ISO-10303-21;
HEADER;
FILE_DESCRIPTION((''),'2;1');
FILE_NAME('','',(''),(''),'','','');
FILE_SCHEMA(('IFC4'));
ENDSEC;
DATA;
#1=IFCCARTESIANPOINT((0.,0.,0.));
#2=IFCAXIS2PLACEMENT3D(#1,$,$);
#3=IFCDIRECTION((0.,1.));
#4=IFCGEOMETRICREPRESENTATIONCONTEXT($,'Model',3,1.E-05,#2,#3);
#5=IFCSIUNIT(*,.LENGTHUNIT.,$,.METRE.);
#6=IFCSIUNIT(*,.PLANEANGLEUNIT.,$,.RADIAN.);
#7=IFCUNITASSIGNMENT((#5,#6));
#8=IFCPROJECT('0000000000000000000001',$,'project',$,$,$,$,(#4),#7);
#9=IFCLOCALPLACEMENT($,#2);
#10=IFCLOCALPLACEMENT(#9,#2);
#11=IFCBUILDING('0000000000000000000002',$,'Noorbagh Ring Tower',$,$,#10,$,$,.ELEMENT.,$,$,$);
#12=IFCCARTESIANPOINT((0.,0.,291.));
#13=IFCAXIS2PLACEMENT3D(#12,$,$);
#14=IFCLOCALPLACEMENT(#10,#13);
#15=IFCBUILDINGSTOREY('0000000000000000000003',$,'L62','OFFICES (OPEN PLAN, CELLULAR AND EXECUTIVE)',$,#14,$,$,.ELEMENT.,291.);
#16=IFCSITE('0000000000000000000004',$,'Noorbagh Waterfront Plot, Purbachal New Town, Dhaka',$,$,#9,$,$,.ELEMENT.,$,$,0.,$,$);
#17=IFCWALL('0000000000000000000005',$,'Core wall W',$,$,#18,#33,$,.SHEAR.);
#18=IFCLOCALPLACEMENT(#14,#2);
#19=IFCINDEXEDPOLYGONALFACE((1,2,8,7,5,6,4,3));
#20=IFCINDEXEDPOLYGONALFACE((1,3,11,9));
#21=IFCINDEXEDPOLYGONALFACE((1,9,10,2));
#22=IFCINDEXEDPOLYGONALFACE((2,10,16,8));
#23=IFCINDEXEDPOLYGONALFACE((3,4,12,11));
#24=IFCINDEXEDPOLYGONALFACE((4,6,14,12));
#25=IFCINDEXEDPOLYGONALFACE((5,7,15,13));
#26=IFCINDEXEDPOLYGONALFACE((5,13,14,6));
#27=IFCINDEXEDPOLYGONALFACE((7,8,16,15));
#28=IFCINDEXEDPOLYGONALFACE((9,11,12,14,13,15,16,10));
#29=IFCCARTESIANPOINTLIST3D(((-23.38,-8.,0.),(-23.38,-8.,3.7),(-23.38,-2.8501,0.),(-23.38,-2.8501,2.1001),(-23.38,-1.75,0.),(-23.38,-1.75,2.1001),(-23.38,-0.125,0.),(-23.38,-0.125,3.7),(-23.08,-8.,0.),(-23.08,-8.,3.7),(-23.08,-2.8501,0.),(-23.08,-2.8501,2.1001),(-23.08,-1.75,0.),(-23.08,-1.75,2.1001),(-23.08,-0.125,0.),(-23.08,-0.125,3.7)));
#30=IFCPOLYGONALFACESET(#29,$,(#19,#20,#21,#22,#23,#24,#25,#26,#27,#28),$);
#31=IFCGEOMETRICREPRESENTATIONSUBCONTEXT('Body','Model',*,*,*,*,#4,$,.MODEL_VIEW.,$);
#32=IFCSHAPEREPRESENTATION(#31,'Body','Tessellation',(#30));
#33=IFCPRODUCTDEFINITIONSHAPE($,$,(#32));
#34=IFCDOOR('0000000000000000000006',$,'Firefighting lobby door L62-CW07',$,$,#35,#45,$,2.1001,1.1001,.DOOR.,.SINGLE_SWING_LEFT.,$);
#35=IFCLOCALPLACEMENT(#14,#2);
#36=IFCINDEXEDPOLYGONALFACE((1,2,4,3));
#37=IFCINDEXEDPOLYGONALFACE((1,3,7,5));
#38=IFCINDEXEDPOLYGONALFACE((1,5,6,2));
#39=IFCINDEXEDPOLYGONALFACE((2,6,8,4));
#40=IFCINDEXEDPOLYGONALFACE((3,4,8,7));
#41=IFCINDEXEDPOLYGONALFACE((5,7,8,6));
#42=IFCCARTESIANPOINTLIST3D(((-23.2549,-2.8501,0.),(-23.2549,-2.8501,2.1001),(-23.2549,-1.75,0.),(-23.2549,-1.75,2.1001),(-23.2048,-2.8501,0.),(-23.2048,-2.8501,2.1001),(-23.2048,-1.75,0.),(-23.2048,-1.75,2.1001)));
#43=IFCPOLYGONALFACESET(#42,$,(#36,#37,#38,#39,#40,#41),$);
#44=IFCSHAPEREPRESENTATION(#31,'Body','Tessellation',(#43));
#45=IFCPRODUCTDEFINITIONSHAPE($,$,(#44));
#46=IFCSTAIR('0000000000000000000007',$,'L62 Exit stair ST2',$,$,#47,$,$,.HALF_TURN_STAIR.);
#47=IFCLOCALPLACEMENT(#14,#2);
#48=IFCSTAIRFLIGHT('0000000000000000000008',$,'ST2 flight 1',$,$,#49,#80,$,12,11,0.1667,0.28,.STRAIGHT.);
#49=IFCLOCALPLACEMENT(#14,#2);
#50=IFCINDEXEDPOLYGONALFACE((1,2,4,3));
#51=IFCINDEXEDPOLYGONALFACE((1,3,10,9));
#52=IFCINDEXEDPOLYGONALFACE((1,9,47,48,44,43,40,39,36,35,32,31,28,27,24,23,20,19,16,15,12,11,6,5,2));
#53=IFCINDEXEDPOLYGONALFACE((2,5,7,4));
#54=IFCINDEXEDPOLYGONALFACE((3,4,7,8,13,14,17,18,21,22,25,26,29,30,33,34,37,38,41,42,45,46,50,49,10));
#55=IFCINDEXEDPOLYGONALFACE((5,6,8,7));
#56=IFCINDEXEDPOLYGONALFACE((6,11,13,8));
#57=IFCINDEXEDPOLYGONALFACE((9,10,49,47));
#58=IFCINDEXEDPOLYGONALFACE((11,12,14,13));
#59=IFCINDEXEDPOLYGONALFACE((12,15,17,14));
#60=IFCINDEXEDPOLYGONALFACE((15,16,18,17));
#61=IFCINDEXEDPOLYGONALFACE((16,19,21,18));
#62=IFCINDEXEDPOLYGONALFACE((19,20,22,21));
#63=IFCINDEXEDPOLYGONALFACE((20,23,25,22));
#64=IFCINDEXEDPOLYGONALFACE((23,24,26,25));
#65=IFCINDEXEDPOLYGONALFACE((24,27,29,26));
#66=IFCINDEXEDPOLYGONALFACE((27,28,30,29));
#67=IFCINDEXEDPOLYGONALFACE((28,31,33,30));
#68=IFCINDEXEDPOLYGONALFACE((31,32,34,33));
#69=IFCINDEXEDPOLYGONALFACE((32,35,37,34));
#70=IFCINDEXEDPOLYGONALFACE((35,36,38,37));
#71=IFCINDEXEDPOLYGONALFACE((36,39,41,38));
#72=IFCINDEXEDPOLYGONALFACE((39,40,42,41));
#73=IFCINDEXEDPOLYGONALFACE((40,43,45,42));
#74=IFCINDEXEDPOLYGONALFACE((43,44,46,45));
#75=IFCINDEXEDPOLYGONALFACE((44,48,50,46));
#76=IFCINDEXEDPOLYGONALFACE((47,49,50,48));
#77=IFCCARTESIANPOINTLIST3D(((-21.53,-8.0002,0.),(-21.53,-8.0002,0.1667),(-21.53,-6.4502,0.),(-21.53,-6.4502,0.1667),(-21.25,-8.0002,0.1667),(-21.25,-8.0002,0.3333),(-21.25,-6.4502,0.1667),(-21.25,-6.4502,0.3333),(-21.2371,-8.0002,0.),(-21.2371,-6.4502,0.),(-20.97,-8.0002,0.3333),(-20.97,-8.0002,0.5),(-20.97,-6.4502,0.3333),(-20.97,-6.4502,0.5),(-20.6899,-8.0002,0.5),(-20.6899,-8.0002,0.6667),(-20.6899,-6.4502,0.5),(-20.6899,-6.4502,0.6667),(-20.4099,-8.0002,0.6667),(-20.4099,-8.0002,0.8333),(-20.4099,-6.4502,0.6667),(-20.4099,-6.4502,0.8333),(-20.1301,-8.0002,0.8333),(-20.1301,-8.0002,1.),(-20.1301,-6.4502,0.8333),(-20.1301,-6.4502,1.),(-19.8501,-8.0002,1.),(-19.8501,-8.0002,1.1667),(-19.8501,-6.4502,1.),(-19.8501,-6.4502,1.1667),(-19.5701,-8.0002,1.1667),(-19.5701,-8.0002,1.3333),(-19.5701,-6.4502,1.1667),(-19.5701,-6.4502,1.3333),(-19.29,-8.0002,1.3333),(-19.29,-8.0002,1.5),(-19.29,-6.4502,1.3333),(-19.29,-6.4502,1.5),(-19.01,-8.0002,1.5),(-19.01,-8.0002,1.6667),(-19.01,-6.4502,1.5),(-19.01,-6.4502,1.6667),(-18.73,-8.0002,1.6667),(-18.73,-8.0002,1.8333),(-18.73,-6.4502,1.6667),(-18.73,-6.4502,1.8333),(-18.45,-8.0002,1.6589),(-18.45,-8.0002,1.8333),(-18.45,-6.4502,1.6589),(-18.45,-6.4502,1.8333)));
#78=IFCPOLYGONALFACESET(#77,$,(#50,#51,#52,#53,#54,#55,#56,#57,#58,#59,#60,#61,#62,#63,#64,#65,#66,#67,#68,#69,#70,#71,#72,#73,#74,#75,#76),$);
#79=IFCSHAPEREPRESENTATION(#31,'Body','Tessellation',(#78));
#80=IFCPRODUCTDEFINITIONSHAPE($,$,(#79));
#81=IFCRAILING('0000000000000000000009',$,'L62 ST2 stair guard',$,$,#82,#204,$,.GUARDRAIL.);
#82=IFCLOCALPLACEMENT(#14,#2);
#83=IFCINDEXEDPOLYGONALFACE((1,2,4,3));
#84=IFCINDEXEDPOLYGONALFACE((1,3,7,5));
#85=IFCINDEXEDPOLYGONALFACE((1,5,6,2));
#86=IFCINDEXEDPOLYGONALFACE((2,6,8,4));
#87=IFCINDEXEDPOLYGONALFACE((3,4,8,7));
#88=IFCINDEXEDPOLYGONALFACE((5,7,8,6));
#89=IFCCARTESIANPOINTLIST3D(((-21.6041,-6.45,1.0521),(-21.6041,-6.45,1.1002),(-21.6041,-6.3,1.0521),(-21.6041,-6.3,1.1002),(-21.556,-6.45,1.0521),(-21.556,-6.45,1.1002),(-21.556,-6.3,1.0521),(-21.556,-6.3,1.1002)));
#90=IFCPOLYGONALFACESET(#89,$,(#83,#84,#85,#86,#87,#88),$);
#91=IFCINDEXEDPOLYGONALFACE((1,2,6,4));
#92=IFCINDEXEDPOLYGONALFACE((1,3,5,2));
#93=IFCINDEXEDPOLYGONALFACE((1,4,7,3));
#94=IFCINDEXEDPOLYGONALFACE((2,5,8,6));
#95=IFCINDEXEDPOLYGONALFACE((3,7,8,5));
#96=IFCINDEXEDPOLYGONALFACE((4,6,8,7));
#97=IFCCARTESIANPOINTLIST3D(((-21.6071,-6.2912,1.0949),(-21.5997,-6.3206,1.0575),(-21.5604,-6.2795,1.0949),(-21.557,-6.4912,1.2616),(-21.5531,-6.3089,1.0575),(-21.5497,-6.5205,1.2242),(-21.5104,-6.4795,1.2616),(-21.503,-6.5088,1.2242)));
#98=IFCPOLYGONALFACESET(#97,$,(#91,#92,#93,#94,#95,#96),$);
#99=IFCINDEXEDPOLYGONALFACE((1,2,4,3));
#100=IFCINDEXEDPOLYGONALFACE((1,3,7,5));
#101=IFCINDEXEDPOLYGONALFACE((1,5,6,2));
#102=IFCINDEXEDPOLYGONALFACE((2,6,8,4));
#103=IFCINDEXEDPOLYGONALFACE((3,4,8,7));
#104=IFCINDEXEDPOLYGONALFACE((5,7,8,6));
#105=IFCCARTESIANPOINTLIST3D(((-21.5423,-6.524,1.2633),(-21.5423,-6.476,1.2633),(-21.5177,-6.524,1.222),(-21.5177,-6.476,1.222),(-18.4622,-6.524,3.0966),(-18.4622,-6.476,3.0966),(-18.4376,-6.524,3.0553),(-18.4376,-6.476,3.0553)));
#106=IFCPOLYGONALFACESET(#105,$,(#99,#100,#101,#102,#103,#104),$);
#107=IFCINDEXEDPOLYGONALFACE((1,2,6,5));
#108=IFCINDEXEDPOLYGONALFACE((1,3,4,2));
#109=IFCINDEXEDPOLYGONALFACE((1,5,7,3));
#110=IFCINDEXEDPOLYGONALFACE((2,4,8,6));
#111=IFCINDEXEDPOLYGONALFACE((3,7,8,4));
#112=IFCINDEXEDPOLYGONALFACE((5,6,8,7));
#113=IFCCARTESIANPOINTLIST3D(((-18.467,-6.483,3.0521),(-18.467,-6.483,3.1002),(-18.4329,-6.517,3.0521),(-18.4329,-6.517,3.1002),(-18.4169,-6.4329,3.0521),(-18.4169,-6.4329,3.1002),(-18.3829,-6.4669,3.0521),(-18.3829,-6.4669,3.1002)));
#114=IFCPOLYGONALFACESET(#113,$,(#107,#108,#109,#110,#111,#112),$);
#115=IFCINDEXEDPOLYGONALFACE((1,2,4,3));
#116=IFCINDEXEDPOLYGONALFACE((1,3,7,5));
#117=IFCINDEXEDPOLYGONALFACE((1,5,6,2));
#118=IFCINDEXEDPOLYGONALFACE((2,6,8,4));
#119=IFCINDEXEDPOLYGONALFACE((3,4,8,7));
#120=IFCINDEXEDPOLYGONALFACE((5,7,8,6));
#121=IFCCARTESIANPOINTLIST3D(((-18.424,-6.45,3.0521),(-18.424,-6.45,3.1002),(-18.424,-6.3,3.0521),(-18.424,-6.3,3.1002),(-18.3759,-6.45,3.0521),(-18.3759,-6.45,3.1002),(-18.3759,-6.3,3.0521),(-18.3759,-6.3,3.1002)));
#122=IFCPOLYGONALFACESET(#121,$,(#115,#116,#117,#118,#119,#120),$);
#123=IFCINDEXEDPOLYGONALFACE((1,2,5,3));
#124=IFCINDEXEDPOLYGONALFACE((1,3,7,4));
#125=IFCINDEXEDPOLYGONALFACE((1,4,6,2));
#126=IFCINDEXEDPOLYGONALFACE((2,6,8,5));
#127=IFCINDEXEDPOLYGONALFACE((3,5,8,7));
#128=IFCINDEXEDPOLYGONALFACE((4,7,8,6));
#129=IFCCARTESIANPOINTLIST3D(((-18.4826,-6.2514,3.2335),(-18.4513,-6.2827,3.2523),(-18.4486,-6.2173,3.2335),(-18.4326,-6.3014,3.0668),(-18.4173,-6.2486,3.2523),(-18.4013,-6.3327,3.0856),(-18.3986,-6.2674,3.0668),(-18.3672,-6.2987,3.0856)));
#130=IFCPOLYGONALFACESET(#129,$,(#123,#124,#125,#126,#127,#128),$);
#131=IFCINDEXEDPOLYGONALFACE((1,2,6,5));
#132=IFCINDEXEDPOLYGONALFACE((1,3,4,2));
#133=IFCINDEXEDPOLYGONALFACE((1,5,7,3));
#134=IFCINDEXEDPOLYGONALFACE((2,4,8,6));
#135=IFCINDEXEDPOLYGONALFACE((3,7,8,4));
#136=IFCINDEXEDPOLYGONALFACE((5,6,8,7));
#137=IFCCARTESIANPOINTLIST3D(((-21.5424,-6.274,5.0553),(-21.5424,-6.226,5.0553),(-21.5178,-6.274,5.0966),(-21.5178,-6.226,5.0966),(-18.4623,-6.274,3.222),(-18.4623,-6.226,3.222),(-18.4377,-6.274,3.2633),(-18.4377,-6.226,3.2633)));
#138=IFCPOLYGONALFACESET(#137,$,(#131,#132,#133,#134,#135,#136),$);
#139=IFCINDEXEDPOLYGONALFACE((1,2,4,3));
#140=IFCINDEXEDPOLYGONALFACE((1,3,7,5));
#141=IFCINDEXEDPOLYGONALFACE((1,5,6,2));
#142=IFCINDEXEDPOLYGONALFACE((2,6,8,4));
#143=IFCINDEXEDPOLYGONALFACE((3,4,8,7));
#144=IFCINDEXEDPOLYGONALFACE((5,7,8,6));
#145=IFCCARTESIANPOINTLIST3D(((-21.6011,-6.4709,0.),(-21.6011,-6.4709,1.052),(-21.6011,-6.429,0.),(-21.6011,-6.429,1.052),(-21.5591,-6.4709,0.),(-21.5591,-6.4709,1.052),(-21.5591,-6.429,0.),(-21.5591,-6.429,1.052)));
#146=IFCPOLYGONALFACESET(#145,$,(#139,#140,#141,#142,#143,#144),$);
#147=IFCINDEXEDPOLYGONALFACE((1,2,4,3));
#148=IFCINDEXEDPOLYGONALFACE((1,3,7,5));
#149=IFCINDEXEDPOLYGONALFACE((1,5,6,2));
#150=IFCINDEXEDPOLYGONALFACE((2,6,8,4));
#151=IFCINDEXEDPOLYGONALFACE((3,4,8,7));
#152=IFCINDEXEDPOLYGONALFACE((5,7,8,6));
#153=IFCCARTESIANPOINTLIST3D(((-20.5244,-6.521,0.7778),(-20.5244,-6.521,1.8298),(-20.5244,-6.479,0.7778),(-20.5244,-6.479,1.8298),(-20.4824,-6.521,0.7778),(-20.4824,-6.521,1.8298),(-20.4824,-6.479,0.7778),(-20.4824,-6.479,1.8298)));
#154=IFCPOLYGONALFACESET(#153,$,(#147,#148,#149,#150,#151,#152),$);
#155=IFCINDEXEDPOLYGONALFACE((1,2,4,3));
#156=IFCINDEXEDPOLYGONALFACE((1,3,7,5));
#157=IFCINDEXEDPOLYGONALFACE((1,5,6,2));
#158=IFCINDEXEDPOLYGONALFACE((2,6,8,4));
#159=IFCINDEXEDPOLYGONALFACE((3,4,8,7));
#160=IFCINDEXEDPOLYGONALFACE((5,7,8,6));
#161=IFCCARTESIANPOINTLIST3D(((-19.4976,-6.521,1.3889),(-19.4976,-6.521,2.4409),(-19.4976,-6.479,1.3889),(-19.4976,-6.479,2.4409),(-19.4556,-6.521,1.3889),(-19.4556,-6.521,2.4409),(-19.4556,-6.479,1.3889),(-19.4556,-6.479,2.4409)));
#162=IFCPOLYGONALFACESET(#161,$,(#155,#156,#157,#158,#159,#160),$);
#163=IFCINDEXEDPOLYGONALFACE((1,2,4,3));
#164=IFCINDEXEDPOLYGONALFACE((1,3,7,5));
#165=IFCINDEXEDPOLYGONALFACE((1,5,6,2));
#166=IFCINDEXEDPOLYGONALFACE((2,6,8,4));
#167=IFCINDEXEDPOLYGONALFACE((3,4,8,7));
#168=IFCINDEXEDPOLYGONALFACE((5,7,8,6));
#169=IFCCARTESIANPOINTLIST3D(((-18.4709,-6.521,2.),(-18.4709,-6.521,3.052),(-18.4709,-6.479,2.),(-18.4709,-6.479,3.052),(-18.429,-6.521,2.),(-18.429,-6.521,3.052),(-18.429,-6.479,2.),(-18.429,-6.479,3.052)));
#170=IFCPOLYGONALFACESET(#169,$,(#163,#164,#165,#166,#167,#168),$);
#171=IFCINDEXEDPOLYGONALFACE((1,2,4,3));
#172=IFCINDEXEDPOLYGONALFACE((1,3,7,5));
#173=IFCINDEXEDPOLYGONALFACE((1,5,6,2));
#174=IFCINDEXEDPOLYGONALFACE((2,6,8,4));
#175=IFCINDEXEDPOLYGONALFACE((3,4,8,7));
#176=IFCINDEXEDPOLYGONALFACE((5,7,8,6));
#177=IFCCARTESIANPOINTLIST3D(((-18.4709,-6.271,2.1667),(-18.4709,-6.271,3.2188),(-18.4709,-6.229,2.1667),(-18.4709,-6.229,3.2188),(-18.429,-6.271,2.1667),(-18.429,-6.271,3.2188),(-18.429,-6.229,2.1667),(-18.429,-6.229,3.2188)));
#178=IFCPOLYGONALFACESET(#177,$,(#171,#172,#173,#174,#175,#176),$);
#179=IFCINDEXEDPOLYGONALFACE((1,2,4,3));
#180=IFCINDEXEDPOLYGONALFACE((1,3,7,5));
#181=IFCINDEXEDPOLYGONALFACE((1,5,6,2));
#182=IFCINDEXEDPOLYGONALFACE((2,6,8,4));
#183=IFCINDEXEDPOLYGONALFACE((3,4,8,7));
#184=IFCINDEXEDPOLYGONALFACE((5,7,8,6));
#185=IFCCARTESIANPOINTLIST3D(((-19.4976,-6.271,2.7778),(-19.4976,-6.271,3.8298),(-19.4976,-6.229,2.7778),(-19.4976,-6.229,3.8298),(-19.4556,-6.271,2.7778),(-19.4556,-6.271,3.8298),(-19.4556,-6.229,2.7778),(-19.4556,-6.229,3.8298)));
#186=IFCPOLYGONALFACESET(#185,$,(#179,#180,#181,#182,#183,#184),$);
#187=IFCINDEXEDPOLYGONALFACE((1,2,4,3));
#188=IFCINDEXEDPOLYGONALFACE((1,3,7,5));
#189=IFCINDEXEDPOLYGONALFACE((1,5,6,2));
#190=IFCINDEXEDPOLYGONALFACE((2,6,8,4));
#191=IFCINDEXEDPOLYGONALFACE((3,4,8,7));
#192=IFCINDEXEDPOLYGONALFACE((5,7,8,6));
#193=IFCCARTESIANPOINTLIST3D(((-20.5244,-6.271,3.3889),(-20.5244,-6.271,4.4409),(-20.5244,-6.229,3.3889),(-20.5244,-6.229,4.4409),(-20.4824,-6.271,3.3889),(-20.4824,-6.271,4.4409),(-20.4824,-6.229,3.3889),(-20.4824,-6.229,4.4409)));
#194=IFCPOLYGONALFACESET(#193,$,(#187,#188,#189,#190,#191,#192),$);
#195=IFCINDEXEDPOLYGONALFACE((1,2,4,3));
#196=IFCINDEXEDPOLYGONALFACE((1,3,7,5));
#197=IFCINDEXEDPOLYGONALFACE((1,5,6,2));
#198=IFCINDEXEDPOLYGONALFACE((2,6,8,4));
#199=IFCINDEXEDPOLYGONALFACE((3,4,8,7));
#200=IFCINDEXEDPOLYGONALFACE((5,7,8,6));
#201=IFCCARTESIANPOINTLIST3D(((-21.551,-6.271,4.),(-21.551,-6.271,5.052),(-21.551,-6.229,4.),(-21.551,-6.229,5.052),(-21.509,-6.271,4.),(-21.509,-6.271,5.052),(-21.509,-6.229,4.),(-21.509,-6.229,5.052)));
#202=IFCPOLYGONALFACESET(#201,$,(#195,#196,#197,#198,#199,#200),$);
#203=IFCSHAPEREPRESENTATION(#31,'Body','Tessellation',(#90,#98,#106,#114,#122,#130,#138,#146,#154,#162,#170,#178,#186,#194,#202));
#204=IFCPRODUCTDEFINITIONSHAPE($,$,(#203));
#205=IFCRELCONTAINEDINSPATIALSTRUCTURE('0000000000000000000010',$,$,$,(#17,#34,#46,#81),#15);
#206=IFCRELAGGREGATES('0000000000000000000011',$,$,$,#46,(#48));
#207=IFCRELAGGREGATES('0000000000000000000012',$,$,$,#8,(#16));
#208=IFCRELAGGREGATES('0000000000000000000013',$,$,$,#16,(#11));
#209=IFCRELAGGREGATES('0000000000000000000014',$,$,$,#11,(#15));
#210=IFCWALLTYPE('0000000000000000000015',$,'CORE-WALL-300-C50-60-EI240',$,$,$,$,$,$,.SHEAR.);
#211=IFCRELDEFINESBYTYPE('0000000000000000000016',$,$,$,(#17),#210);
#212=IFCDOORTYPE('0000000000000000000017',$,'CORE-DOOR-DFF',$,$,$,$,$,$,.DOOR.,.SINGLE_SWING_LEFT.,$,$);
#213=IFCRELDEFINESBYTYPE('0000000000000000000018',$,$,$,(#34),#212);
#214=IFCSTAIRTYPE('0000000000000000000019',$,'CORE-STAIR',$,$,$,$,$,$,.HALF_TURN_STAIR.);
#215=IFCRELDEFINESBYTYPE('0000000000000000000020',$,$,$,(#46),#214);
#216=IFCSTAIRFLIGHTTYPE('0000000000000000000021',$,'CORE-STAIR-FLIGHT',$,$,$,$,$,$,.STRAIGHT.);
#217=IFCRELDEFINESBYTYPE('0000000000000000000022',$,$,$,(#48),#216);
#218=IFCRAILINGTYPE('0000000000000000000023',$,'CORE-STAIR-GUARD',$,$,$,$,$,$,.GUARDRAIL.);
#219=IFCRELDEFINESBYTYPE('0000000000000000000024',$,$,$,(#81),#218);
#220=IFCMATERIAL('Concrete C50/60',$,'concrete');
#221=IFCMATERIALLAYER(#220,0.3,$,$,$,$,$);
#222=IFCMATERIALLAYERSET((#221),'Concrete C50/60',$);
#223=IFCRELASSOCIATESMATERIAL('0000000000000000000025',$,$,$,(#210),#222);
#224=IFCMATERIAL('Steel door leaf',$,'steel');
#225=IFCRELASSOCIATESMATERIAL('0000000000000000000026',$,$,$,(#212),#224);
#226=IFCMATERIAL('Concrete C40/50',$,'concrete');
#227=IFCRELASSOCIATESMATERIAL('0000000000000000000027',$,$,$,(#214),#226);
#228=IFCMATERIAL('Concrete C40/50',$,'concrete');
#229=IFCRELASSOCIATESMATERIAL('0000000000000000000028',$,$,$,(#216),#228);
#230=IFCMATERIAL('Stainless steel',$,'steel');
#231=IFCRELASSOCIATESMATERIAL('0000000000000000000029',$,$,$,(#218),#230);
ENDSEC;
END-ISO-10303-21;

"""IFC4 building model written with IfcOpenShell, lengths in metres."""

from ifc_helpers import new_model, si_unit, direction, frame, frame_2d, origin, origin_2d, place, context, subcontext, project, spatial, polyline, rectangle, outline, extrude, material, layer, layer_set, type_object, element, fill, aggregate, save


model = new_model("IFC4")

# Units and contexts
model_context = context("Model", 3, precision=1e-05, world=origin(), true_north=direction((0.0, 1.0)))
body_context = subcontext(model_context, "Body", "Model", "MODEL_VIEW")
ifc_project = project(units=[si_unit("LENGTHUNIT", "METRE"), si_unit("PLANEANGLEUNIT", "RADIAN")], contexts=[model_context])

# Site, building, storey
site_placement = place(None, origin())
site = spatial("IfcSite", under=ifc_project, at=site_placement, Name="Noorbagh Waterfront Plot, Purbachal New Town, Dhaka", CompositionType="ELEMENT", RefElevation=0.0)
building_placement = place(site_placement, origin())
building = spatial("IfcBuilding", under=site, at=building_placement, Name="Noorbagh Ring Tower", CompositionType="ELEMENT")
storey_placement = place(building_placement, frame((0.0, 0.0, 291.0)))
storey = spatial("IfcBuildingStorey", under=building, at=storey_placement, Name="L62", Description="OFFICES (OPEN PLAN, CELLULAR AND EXECUTIVE)", CompositionType="ELEMENT", Elevation=291.0)

# Wall, opening, door
ifc_material_1 = material(Name="Concrete C50/60", Category="concrete")
ifc_layer_1 = layer(ifc_material_1, 0.3)
ifc_layer_set_1 = layer_set([ifc_layer_1], Name="Concrete C50/60")
wall_type_1 = type_object("IfcWallType", Name="CORE-WALL-300-C50-60-EI240", PredefinedType="SHEAR", material=ifc_layer_set_1)
wall_1_placement = place(storey_placement, frame((-23.23, -8.0, 0.0), z_axis=(0.0, 0.0, 1.0), x_axis=(0.0, 1.0, 0.0)))
wall_1 = element("IfcWall", 1, at=wall_1_placement, inside=storey, type_object=wall_type_1, Name="Core wall W", PredefinedType="SHEAR", context=body_context, shape_type="SweptSolid", body=[
    extrude(rectangle(XDim=7.875, YDim=0.3, at=frame_2d((3.9375, 0.0))), origin(), (0.0, 0.0, 1.0), 3.7),
])
opening_1_placement = place(wall_1_placement, frame((5.1499, 0.0, 0.0)))
opening_1 = element("IfcOpeningElement", 2, at=opening_1_placement, cuts=wall_1, PredefinedType="OPENING", context=body_context, shape_type="SweptSolid", body=[
    extrude(rectangle(XDim=1.1001, YDim=2.1001, at=frame_2d((0.55, 1.05))), frame((0.0, 0.1602, 0.0), z_axis=(0.0, -1.0, 0.0), x_axis=(1.0, 0.0, 0.0)), (0.0, 0.0, 1.0), 0.3201),
])
ifc_material_2 = material(Name="Steel door leaf", Category="steel")
door_type_1 = type_object("IfcDoorType", Name="CORE-DOOR-DFF", OperationType="SINGLE_SWING_LEFT", PredefinedType="DOOR", material=ifc_material_2)
door_1_placement = place(opening_1_placement, origin())
door_1 = element("IfcDoor", 3, at=door_1_placement, inside=storey, type_object=door_type_1, Name="Firefighting lobby door L62-CW07", OperationType="SINGLE_SWING_LEFT", OverallHeight=2.1001, OverallWidth=1.1001, PredefinedType="DOOR", context=body_context, shape_type="SweptSolid", body=[
    extrude(rectangle(XDim=1.1001, YDim=2.1001, at=frame_2d((0.55, 1.05))), frame((0.0, 0.0249, 0.0), z_axis=(0.0, -1.0, 0.0), x_axis=(1.0, 0.0, 0.0)), (0.0, 0.0, 1.0), 0.05),
])
fill(opening_1, door_1)

# Stair, stair flight
ifc_material_3 = material(Name="Concrete C40/50", Category="concrete")
stair_type = type_object("IfcStairType", Name="CORE-STAIR", PredefinedType="HALF_TURN_STAIR", material=ifc_material_3)
stair_placement = place(storey_placement, origin())
stair = element("IfcStair", 4, at=stair_placement, inside=storey, type_object=stair_type, Name="L62 Exit stair ST2", PredefinedType="HALF_TURN_STAIR")
ifc_material_4 = material(Name="Concrete C40/50", Category="concrete")
stair_flight_type = type_object("IfcStairFlightType", Name="CORE-STAIR-FLIGHT", PredefinedType="STRAIGHT", material=ifc_material_4)
stair_flight_placement = place(storey_placement, frame((-21.53, -7.2251, 0.0), z_axis=(0.0, 0.0, 1.0), x_axis=(1.0, 0.0, 0.0)))
stair_flight = element("IfcStairFlight", 5, at=stair_flight_placement, type_object=stair_flight_type, Name="ST2 flight 1", NumberOfRisers=12, NumberOfTreads=11, PredefinedType="STRAIGHT", RiserHeight=0.1667, TreadLength=0.28, context=body_context, shape_type="SweptSolid", body=[
    extrude(outline(polyline([(0.0, 0.0), (0.0, 0.1667), (0.28, 0.1667), (0.28, 0.3333), (0.5601, 0.3333), (0.5601, 0.5), (0.8401, 0.5), (0.8401, 0.6667), (1.1201, 0.6667), (1.1201, 0.8333), (1.3999, 0.8333), (1.3999, 1.0), (1.6799, 1.0), (1.6799, 1.1667), (1.96, 1.1667), (1.96, 1.3333), (2.24, 1.3333), (2.24, 1.5), (2.52, 1.5), (2.52, 1.6667), (2.8, 1.6667), (2.8, 1.8333), (3.0801, 1.8333), (3.0801, 2.0), (3.0801, 1.6589), (0.293, 0.0), (0.0, 0.0)])), frame((0.0, 0.7749, 0.0), z_axis=(0.0, -1.0, 0.0), x_axis=(1.0, 0.0, 0.0)), (0.0, 0.0, 1.0), 1.55),
])
aggregate(stair, [stair_flight])

# Railing
ifc_material_5 = material(Name="Stainless steel", Category="steel")
railing_type_1 = type_object("IfcRailingType", Name="CORE-STAIR-GUARD", PredefinedType="GUARDRAIL", material=ifc_material_5)
railing_1_placement = place(storey_placement, frame((-21.5801, -6.45, 0.0)))
element("IfcRailing", 6, at=railing_1_placement, inside=storey, type_object=railing_type_1, Name="L62 ST2 stair guard", PredefinedType="GUARDRAIL", context=body_context, shape_type="SweptSolid", body=[
    extrude(rectangle(XDim=0.0481, YDim=0.0481, at=origin_2d()), frame((0.0, 0.0, 1.0762), z_axis=(0.0, 1.0, 0.0), x_axis=(-1.0, 0.0, 0.0)), (0.0, 0.0, 1.0), 0.1499),
    extrude(rectangle(XDim=0.0481, YDim=0.0481, at=origin_2d()), frame((0.0, 0.1499, 1.0762), z_axis=(0.188776, -0.754182, 0.628946), x_axis=(0.970073, 0.242814, 0.0)), (0.0, 0.0, 1.0), 0.2651),
    extrude(rectangle(XDim=0.0481, YDim=0.0481, at=origin_2d()), frame((0.05, -0.05, 1.2427), z_axis=(0.859309, 0.0, 0.511458), x_axis=(0.0, 1.0, 0.0)), (0.0, 0.0, 1.0), 3.5845),
    extrude(rectangle(XDim=0.0481, YDim=0.0481, at=origin_2d()), frame((3.1301, -0.05, 3.0762), z_axis=(0.707107, 0.707107, 0.0), x_axis=(-0.707107, 0.707107, 0.0)), (0.0, 0.0, 1.0), 0.0708),
    extrude(rectangle(XDim=0.0481, YDim=0.0481, at=origin_2d()), frame((3.1802, 0.0, 3.0762), z_axis=(0.0, 1.0, 0.0), x_axis=(-1.0, 0.0, 0.0)), (0.0, 0.0, 1.0), 0.1499),
    extrude(rectangle(XDim=0.0481, YDim=0.0481, at=origin_2d()), frame((3.1802, 0.1499, 3.0762), z_axis=(-0.276287, 0.276287, 0.920506), x_axis=(-0.707107, -0.707107, 0.0)), (0.0, 0.0, 1.0), 0.1812),
    extrude(rectangle(XDim=0.0481, YDim=0.0481, at=origin_2d()), frame((3.1301, 0.2, 3.2427), z_axis=(-0.859309, 0.0, 0.511458), x_axis=(0.0, -1.0, 0.0)), (0.0, 0.0, 1.0), 3.5845),
    extrude(rectangle(XDim=0.042, YDim=0.042, at=origin_2d()), origin(), (0.0, 0.0, 1.0), 1.052),
    extrude(rectangle(XDim=0.042, YDim=0.042, at=origin_2d()), frame((1.0767, -0.05, 0.7778)), (0.0, 0.0, 1.0), 1.052),
    extrude(rectangle(XDim=0.042, YDim=0.042, at=origin_2d()), frame((2.1035, -0.05, 1.3889)), (0.0, 0.0, 1.0), 1.052),
    extrude(rectangle(XDim=0.042, YDim=0.042, at=origin_2d()), frame((3.1301, -0.05, 2.0)), (0.0, 0.0, 1.0), 1.052),
    extrude(rectangle(XDim=0.042, YDim=0.042, at=origin_2d()), frame((3.1301, 0.2, 2.1667)), (0.0, 0.0, 1.0), 1.052),
    extrude(rectangle(XDim=0.042, YDim=0.042, at=origin_2d()), frame((2.1035, 0.2, 2.7778)), (0.0, 0.0, 1.0), 1.052),
    extrude(rectangle(XDim=0.042, YDim=0.042, at=origin_2d()), frame((1.0767, 0.2, 3.3889)), (0.0, 0.0, 1.0), 1.052),
    extrude(rectangle(XDim=0.042, YDim=0.042, at=origin_2d()), frame((0.05, 0.2, 4.0)), (0.0, 0.0, 1.0), 1.052),
])

save(model, "model.ifc")
